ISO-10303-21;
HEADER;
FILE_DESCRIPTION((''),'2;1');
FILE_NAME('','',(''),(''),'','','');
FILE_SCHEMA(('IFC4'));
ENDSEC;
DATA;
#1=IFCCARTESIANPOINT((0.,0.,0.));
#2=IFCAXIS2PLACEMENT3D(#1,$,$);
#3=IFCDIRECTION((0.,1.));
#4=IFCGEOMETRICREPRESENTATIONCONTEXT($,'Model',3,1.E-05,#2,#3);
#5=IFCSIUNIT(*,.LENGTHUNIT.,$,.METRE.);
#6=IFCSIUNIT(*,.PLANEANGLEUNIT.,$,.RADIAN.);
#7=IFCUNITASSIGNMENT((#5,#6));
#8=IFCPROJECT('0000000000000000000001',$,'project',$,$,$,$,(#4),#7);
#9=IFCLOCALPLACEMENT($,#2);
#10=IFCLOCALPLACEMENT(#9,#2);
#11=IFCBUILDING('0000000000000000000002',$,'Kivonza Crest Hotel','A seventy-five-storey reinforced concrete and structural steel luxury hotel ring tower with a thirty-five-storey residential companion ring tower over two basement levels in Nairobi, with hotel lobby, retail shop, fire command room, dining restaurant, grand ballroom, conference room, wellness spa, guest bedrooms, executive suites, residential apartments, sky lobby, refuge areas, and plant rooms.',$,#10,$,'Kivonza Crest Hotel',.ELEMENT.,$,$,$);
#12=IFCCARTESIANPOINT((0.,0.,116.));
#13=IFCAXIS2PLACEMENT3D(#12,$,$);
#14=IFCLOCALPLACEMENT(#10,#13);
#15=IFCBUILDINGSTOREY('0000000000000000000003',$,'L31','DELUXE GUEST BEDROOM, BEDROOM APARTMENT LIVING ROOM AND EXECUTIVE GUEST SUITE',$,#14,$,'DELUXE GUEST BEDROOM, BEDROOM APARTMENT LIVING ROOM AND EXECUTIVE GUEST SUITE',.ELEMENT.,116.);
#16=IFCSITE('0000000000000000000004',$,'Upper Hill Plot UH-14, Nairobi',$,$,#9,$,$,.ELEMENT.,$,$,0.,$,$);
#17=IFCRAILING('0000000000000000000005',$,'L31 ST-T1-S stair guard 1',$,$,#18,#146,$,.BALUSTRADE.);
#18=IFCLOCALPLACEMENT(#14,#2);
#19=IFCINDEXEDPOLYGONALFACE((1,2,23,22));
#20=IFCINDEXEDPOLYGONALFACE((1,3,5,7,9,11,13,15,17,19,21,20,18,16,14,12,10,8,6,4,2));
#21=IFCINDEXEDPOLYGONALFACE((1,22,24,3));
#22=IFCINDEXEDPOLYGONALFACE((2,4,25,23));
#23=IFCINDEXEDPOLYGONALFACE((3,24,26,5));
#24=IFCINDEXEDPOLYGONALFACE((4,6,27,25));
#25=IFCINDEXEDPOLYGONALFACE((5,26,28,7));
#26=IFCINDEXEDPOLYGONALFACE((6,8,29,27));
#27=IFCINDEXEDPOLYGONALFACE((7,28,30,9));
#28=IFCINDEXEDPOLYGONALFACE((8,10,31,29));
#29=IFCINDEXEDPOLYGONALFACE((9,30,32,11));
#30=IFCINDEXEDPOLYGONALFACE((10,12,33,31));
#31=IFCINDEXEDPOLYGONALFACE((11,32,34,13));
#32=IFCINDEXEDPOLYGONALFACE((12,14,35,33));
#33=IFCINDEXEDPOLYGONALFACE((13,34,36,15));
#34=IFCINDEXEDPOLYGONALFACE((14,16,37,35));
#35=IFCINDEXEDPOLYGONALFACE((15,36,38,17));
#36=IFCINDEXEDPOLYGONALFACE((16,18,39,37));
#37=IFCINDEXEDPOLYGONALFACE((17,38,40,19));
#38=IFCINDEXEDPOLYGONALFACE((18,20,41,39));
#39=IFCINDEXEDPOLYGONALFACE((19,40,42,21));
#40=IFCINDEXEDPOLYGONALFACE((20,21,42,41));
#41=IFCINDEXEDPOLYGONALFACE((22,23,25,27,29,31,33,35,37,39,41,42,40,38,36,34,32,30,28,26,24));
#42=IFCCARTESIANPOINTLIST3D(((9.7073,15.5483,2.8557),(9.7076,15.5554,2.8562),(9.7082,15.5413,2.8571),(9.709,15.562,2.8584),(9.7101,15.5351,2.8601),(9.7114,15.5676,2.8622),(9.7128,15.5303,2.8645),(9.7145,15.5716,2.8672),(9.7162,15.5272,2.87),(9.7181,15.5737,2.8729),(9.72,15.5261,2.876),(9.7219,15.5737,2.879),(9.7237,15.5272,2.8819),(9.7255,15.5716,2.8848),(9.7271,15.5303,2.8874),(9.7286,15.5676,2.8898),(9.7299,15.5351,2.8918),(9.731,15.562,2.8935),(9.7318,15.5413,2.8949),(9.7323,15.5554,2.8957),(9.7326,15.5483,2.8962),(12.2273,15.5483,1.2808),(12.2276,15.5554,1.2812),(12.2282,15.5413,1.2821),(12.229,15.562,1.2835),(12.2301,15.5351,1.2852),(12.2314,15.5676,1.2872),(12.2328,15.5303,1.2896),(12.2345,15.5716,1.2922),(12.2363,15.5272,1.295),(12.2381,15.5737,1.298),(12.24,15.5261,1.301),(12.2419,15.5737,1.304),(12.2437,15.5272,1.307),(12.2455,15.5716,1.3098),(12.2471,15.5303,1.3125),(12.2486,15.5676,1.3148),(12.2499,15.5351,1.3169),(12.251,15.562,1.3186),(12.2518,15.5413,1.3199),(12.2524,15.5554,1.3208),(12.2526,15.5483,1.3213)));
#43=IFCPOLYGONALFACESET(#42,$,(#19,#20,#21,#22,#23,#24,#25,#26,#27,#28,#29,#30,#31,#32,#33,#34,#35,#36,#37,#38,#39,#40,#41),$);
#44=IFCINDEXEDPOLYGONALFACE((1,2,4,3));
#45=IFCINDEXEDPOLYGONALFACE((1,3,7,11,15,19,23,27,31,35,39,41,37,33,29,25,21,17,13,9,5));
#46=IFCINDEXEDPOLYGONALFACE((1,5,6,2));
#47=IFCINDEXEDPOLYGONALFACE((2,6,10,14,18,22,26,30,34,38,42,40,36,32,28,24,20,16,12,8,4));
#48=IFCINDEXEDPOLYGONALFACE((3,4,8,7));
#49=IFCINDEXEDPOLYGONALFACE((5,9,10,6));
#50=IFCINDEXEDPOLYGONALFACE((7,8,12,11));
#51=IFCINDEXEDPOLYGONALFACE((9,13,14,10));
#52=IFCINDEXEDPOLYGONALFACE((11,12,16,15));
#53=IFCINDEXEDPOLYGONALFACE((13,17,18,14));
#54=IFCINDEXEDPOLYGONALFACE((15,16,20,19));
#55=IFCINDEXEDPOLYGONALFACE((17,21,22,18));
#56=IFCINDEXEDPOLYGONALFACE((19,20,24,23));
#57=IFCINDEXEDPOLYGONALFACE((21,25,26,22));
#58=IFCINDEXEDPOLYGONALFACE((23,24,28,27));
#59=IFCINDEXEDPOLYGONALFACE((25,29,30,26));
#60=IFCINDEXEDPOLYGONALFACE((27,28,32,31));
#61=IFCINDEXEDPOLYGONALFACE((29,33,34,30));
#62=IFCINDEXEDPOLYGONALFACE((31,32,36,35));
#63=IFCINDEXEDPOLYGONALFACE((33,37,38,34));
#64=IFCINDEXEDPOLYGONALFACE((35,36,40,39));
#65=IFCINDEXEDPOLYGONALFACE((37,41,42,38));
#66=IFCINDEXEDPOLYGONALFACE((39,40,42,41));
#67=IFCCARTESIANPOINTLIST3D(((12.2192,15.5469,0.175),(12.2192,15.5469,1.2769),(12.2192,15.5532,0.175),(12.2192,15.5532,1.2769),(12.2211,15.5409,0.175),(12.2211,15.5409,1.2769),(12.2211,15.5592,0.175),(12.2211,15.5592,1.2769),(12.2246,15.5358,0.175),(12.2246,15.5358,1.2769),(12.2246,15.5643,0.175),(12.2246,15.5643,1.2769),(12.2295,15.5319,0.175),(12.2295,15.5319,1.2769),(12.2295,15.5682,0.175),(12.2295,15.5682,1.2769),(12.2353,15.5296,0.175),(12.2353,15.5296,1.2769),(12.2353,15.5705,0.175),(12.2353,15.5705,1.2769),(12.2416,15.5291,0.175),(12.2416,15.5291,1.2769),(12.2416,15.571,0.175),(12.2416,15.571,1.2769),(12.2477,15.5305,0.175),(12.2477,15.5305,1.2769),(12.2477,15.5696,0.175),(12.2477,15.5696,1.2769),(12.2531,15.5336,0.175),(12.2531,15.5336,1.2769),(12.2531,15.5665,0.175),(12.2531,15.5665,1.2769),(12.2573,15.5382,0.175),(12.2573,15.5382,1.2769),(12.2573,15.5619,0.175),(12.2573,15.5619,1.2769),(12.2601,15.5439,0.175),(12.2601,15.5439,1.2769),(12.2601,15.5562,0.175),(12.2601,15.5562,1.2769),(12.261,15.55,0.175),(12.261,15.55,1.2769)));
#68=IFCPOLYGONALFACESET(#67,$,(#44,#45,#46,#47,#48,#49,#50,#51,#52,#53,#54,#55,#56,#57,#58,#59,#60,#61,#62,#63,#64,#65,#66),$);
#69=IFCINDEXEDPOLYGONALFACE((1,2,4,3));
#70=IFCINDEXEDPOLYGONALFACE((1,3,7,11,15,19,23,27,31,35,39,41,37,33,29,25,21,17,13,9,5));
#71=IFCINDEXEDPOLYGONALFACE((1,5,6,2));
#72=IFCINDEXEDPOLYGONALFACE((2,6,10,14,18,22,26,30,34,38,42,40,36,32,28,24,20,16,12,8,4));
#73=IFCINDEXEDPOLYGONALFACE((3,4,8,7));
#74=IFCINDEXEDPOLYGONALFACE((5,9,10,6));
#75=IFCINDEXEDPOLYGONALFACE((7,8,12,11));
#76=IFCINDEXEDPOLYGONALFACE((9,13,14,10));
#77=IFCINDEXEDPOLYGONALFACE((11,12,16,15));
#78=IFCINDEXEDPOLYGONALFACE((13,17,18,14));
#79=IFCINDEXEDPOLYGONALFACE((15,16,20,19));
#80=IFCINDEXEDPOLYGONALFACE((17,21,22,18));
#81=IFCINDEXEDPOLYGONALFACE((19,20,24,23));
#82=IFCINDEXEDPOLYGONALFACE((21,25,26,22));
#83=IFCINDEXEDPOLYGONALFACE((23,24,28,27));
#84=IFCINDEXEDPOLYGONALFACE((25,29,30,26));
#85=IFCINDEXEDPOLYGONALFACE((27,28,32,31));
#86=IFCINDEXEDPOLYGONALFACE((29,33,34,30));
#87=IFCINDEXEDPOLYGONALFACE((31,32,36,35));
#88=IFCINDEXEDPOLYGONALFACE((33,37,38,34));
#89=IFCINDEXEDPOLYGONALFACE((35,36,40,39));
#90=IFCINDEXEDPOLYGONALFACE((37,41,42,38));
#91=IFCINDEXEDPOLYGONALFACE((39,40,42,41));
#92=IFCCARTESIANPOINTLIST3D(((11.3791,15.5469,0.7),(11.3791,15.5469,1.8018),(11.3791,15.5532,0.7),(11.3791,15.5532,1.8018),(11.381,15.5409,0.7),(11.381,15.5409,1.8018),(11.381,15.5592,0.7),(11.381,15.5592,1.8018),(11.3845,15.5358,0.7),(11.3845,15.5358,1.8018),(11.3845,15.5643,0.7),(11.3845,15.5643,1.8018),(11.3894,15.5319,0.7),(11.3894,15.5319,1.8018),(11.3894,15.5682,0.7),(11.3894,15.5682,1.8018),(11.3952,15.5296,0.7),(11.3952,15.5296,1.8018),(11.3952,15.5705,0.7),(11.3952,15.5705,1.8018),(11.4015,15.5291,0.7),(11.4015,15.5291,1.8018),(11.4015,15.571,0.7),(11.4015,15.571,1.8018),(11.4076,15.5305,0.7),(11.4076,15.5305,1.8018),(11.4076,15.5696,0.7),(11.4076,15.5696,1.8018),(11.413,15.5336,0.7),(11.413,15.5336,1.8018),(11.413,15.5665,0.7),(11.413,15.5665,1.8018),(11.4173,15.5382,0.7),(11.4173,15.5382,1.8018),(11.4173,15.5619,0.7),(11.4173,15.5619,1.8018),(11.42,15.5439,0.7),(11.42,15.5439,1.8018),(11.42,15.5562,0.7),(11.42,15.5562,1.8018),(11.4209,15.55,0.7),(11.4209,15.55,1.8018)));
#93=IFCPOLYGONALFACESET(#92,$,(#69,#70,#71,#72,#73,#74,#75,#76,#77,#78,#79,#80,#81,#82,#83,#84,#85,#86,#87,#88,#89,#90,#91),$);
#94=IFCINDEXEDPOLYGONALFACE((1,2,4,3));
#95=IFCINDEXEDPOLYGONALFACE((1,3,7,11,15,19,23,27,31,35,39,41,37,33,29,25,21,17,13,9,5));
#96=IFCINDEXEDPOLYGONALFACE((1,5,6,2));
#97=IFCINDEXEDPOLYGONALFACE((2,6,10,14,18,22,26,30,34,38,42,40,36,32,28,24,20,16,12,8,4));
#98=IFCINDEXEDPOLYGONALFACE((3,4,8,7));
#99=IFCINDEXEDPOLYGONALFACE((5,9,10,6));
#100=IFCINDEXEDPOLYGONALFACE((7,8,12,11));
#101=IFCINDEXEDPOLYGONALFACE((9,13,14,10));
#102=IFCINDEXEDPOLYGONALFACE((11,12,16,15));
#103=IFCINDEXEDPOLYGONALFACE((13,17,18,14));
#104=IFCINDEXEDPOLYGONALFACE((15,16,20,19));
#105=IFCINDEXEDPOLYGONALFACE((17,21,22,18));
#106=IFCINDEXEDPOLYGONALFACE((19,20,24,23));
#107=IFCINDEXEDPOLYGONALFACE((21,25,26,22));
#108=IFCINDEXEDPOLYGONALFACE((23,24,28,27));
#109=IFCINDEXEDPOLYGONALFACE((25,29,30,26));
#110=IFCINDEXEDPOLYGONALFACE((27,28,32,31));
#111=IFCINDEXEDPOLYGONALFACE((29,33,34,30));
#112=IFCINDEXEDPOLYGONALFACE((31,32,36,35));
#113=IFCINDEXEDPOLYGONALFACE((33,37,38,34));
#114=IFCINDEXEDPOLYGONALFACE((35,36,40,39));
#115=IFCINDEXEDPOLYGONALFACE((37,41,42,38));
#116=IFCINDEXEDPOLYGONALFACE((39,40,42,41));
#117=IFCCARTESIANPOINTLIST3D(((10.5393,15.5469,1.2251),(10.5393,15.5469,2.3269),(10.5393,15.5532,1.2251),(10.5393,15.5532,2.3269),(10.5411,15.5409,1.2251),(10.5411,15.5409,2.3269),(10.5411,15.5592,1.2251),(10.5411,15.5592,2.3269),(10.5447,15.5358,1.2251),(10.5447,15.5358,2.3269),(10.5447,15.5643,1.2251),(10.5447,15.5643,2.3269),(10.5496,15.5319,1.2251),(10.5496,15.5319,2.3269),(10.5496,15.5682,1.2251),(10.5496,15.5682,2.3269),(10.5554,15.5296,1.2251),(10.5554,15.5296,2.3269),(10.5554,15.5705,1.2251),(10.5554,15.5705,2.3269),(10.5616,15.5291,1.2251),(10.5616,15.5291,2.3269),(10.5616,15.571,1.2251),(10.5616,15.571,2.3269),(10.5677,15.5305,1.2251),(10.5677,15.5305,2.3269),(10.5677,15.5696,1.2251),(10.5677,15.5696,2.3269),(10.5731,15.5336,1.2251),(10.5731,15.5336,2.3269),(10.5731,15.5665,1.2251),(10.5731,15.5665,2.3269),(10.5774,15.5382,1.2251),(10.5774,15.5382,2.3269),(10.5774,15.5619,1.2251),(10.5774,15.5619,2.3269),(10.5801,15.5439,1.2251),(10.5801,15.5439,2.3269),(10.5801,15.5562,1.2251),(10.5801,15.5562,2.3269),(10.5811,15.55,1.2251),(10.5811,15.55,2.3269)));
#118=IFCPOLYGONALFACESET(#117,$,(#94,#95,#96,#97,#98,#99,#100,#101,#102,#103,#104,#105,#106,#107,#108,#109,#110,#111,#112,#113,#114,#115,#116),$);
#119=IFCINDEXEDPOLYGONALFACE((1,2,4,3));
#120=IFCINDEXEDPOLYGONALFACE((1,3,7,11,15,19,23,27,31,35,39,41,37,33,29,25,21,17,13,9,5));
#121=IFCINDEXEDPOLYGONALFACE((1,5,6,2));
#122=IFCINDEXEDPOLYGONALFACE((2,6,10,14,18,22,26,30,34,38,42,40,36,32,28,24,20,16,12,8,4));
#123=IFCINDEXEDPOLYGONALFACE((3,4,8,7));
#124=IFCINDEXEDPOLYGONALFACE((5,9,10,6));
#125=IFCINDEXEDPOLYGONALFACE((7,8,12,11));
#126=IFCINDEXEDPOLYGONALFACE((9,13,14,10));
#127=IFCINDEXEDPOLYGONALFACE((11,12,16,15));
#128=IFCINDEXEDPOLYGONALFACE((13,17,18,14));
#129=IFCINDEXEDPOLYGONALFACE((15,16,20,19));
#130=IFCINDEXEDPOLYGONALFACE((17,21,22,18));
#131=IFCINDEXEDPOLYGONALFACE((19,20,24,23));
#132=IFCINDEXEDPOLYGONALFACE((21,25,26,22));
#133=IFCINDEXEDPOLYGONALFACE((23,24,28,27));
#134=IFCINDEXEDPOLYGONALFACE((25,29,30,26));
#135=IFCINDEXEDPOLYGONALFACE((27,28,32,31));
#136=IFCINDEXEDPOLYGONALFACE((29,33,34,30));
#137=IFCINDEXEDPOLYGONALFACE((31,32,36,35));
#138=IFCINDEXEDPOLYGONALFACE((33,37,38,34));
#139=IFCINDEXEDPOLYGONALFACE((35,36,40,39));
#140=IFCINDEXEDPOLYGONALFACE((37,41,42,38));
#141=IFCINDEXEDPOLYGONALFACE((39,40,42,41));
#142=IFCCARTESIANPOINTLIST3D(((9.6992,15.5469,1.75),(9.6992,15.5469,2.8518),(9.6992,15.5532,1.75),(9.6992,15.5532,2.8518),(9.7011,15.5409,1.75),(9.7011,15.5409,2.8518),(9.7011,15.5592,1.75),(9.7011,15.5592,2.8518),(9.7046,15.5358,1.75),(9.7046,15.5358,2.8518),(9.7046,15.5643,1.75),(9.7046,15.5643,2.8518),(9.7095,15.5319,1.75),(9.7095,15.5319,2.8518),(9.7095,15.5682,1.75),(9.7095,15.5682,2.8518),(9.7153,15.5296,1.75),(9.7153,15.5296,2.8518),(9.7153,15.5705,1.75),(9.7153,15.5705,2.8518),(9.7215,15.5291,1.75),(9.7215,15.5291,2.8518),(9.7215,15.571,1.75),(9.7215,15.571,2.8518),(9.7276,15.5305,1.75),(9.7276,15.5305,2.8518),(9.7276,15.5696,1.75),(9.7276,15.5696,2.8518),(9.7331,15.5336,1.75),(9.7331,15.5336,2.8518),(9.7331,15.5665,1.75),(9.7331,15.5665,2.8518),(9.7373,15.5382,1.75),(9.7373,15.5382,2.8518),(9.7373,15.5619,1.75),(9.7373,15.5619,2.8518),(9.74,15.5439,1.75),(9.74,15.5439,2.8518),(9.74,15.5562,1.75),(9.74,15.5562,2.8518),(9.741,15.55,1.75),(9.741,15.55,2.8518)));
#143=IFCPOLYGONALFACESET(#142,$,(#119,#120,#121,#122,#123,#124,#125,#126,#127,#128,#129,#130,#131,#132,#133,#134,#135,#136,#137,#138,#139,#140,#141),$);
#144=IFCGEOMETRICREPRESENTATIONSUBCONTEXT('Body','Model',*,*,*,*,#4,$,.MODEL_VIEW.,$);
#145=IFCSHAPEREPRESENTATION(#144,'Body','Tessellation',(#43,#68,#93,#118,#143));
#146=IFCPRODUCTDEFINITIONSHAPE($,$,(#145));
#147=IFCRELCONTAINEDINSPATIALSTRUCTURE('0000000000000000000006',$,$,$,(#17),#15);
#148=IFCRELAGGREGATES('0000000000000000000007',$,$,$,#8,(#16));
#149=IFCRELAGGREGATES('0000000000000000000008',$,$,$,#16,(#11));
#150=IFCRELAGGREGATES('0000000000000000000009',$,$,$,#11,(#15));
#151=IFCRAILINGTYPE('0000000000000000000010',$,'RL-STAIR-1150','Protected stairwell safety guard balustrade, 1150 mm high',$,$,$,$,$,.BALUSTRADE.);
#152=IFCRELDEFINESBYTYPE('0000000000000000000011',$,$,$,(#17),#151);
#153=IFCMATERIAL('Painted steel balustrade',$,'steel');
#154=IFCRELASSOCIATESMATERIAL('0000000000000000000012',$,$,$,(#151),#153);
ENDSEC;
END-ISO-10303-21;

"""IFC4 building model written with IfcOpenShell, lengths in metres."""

from ifc_helpers import new_model, si_unit, direction, frame, origin, origin_2d, place, context, subcontext, project, spatial, circle, extrude, material, type_object, element, save


model = new_model("IFC4")

# Units and contexts
model_context = context("Model", 3, precision=1e-05, world=origin(), true_north=direction((0.0, 1.0)))
body_context = subcontext(model_context, "Body", "Model", "MODEL_VIEW")
ifc_project = project(units=[si_unit("LENGTHUNIT", "METRE"), si_unit("PLANEANGLEUNIT", "RADIAN")], contexts=[model_context])

# Site, building, storey
site_placement = place(None, origin())
site = spatial("IfcSite", under=ifc_project, at=site_placement, Name="Upper Hill Plot UH-14, Nairobi", CompositionType="ELEMENT", RefElevation=0.0)
building_placement = place(site_placement, origin())
building = spatial("IfcBuilding", under=site, at=building_placement, Name="Kivonza Crest Hotel", Description="A seventy-five-storey reinforced concrete and structural steel luxury hotel ring tower with a thirty-five-storey residential companion ring tower over two basement levels in Nairobi, with hotel lobby, retail shop, fire command room, dining restaurant, grand ballroom, conference room, wellness spa, guest bedrooms, executive suites, residential apartments, sky lobby, refuge areas, and plant rooms.", LongName="Kivonza Crest Hotel", CompositionType="ELEMENT")
storey_placement = place(building_placement, frame((0.0, 0.0, 116.0)))
storey = spatial("IfcBuildingStorey", under=building, at=storey_placement, Name="L31", Description="DELUXE GUEST BEDROOM, BEDROOM APARTMENT LIVING ROOM AND EXECUTIVE GUEST SUITE", LongName="DELUXE GUEST BEDROOM, BEDROOM APARTMENT LIVING ROOM AND EXECUTIVE GUEST SUITE", CompositionType="ELEMENT", Elevation=116.0)

# Railing
ifc_material_1 = material(Name="Painted steel balustrade", Category="steel")
railing_type_1 = type_object("IfcRailingType", Name="RL-STAIR-1150", Description="Protected stairwell safety guard balustrade, 1150 mm high", PredefinedType="BALUSTRADE", material=ifc_material_1)
railing_1_placement = place(storey_placement, frame((12.24, 15.55, 0.175)))
element("IfcRailing", 1, at=railing_1_placement, inside=storey, type_object=railing_type_1, Name="L31 ST-T1-S stair guard 1", PredefinedType="BALUSTRADE", context=body_context, shape_type="SweptSolid", body=[
    extrude(circle(Radius=0.0239, at=origin_2d()), frame((0.0, 0.0, 1.126), z_axis=(-0.848008, 0.0, 0.529984), x_axis=(0.0, -1.0, 0.0)), (0.0, 0.0, 1.0), 2.9717),
    extrude(circle(Radius=0.021, at=origin_2d()), origin(), (0.0, 0.0, 1.0), 1.1018),
    extrude(circle(Radius=0.021, at=origin_2d()), frame((-0.8401, 0.0, 0.5249)), (0.0, 0.0, 1.0), 1.1018),
    extrude(circle(Radius=0.021, at=origin_2d()), frame((-1.6799, 0.0, 1.05)), (0.0, 0.0, 1.0), 1.1018),
    extrude(circle(Radius=0.021, at=origin_2d()), frame((-2.52, 0.0, 1.575)), (0.0, 0.0, 1.0), 1.1018),
])

save(model, "model.ifc")
